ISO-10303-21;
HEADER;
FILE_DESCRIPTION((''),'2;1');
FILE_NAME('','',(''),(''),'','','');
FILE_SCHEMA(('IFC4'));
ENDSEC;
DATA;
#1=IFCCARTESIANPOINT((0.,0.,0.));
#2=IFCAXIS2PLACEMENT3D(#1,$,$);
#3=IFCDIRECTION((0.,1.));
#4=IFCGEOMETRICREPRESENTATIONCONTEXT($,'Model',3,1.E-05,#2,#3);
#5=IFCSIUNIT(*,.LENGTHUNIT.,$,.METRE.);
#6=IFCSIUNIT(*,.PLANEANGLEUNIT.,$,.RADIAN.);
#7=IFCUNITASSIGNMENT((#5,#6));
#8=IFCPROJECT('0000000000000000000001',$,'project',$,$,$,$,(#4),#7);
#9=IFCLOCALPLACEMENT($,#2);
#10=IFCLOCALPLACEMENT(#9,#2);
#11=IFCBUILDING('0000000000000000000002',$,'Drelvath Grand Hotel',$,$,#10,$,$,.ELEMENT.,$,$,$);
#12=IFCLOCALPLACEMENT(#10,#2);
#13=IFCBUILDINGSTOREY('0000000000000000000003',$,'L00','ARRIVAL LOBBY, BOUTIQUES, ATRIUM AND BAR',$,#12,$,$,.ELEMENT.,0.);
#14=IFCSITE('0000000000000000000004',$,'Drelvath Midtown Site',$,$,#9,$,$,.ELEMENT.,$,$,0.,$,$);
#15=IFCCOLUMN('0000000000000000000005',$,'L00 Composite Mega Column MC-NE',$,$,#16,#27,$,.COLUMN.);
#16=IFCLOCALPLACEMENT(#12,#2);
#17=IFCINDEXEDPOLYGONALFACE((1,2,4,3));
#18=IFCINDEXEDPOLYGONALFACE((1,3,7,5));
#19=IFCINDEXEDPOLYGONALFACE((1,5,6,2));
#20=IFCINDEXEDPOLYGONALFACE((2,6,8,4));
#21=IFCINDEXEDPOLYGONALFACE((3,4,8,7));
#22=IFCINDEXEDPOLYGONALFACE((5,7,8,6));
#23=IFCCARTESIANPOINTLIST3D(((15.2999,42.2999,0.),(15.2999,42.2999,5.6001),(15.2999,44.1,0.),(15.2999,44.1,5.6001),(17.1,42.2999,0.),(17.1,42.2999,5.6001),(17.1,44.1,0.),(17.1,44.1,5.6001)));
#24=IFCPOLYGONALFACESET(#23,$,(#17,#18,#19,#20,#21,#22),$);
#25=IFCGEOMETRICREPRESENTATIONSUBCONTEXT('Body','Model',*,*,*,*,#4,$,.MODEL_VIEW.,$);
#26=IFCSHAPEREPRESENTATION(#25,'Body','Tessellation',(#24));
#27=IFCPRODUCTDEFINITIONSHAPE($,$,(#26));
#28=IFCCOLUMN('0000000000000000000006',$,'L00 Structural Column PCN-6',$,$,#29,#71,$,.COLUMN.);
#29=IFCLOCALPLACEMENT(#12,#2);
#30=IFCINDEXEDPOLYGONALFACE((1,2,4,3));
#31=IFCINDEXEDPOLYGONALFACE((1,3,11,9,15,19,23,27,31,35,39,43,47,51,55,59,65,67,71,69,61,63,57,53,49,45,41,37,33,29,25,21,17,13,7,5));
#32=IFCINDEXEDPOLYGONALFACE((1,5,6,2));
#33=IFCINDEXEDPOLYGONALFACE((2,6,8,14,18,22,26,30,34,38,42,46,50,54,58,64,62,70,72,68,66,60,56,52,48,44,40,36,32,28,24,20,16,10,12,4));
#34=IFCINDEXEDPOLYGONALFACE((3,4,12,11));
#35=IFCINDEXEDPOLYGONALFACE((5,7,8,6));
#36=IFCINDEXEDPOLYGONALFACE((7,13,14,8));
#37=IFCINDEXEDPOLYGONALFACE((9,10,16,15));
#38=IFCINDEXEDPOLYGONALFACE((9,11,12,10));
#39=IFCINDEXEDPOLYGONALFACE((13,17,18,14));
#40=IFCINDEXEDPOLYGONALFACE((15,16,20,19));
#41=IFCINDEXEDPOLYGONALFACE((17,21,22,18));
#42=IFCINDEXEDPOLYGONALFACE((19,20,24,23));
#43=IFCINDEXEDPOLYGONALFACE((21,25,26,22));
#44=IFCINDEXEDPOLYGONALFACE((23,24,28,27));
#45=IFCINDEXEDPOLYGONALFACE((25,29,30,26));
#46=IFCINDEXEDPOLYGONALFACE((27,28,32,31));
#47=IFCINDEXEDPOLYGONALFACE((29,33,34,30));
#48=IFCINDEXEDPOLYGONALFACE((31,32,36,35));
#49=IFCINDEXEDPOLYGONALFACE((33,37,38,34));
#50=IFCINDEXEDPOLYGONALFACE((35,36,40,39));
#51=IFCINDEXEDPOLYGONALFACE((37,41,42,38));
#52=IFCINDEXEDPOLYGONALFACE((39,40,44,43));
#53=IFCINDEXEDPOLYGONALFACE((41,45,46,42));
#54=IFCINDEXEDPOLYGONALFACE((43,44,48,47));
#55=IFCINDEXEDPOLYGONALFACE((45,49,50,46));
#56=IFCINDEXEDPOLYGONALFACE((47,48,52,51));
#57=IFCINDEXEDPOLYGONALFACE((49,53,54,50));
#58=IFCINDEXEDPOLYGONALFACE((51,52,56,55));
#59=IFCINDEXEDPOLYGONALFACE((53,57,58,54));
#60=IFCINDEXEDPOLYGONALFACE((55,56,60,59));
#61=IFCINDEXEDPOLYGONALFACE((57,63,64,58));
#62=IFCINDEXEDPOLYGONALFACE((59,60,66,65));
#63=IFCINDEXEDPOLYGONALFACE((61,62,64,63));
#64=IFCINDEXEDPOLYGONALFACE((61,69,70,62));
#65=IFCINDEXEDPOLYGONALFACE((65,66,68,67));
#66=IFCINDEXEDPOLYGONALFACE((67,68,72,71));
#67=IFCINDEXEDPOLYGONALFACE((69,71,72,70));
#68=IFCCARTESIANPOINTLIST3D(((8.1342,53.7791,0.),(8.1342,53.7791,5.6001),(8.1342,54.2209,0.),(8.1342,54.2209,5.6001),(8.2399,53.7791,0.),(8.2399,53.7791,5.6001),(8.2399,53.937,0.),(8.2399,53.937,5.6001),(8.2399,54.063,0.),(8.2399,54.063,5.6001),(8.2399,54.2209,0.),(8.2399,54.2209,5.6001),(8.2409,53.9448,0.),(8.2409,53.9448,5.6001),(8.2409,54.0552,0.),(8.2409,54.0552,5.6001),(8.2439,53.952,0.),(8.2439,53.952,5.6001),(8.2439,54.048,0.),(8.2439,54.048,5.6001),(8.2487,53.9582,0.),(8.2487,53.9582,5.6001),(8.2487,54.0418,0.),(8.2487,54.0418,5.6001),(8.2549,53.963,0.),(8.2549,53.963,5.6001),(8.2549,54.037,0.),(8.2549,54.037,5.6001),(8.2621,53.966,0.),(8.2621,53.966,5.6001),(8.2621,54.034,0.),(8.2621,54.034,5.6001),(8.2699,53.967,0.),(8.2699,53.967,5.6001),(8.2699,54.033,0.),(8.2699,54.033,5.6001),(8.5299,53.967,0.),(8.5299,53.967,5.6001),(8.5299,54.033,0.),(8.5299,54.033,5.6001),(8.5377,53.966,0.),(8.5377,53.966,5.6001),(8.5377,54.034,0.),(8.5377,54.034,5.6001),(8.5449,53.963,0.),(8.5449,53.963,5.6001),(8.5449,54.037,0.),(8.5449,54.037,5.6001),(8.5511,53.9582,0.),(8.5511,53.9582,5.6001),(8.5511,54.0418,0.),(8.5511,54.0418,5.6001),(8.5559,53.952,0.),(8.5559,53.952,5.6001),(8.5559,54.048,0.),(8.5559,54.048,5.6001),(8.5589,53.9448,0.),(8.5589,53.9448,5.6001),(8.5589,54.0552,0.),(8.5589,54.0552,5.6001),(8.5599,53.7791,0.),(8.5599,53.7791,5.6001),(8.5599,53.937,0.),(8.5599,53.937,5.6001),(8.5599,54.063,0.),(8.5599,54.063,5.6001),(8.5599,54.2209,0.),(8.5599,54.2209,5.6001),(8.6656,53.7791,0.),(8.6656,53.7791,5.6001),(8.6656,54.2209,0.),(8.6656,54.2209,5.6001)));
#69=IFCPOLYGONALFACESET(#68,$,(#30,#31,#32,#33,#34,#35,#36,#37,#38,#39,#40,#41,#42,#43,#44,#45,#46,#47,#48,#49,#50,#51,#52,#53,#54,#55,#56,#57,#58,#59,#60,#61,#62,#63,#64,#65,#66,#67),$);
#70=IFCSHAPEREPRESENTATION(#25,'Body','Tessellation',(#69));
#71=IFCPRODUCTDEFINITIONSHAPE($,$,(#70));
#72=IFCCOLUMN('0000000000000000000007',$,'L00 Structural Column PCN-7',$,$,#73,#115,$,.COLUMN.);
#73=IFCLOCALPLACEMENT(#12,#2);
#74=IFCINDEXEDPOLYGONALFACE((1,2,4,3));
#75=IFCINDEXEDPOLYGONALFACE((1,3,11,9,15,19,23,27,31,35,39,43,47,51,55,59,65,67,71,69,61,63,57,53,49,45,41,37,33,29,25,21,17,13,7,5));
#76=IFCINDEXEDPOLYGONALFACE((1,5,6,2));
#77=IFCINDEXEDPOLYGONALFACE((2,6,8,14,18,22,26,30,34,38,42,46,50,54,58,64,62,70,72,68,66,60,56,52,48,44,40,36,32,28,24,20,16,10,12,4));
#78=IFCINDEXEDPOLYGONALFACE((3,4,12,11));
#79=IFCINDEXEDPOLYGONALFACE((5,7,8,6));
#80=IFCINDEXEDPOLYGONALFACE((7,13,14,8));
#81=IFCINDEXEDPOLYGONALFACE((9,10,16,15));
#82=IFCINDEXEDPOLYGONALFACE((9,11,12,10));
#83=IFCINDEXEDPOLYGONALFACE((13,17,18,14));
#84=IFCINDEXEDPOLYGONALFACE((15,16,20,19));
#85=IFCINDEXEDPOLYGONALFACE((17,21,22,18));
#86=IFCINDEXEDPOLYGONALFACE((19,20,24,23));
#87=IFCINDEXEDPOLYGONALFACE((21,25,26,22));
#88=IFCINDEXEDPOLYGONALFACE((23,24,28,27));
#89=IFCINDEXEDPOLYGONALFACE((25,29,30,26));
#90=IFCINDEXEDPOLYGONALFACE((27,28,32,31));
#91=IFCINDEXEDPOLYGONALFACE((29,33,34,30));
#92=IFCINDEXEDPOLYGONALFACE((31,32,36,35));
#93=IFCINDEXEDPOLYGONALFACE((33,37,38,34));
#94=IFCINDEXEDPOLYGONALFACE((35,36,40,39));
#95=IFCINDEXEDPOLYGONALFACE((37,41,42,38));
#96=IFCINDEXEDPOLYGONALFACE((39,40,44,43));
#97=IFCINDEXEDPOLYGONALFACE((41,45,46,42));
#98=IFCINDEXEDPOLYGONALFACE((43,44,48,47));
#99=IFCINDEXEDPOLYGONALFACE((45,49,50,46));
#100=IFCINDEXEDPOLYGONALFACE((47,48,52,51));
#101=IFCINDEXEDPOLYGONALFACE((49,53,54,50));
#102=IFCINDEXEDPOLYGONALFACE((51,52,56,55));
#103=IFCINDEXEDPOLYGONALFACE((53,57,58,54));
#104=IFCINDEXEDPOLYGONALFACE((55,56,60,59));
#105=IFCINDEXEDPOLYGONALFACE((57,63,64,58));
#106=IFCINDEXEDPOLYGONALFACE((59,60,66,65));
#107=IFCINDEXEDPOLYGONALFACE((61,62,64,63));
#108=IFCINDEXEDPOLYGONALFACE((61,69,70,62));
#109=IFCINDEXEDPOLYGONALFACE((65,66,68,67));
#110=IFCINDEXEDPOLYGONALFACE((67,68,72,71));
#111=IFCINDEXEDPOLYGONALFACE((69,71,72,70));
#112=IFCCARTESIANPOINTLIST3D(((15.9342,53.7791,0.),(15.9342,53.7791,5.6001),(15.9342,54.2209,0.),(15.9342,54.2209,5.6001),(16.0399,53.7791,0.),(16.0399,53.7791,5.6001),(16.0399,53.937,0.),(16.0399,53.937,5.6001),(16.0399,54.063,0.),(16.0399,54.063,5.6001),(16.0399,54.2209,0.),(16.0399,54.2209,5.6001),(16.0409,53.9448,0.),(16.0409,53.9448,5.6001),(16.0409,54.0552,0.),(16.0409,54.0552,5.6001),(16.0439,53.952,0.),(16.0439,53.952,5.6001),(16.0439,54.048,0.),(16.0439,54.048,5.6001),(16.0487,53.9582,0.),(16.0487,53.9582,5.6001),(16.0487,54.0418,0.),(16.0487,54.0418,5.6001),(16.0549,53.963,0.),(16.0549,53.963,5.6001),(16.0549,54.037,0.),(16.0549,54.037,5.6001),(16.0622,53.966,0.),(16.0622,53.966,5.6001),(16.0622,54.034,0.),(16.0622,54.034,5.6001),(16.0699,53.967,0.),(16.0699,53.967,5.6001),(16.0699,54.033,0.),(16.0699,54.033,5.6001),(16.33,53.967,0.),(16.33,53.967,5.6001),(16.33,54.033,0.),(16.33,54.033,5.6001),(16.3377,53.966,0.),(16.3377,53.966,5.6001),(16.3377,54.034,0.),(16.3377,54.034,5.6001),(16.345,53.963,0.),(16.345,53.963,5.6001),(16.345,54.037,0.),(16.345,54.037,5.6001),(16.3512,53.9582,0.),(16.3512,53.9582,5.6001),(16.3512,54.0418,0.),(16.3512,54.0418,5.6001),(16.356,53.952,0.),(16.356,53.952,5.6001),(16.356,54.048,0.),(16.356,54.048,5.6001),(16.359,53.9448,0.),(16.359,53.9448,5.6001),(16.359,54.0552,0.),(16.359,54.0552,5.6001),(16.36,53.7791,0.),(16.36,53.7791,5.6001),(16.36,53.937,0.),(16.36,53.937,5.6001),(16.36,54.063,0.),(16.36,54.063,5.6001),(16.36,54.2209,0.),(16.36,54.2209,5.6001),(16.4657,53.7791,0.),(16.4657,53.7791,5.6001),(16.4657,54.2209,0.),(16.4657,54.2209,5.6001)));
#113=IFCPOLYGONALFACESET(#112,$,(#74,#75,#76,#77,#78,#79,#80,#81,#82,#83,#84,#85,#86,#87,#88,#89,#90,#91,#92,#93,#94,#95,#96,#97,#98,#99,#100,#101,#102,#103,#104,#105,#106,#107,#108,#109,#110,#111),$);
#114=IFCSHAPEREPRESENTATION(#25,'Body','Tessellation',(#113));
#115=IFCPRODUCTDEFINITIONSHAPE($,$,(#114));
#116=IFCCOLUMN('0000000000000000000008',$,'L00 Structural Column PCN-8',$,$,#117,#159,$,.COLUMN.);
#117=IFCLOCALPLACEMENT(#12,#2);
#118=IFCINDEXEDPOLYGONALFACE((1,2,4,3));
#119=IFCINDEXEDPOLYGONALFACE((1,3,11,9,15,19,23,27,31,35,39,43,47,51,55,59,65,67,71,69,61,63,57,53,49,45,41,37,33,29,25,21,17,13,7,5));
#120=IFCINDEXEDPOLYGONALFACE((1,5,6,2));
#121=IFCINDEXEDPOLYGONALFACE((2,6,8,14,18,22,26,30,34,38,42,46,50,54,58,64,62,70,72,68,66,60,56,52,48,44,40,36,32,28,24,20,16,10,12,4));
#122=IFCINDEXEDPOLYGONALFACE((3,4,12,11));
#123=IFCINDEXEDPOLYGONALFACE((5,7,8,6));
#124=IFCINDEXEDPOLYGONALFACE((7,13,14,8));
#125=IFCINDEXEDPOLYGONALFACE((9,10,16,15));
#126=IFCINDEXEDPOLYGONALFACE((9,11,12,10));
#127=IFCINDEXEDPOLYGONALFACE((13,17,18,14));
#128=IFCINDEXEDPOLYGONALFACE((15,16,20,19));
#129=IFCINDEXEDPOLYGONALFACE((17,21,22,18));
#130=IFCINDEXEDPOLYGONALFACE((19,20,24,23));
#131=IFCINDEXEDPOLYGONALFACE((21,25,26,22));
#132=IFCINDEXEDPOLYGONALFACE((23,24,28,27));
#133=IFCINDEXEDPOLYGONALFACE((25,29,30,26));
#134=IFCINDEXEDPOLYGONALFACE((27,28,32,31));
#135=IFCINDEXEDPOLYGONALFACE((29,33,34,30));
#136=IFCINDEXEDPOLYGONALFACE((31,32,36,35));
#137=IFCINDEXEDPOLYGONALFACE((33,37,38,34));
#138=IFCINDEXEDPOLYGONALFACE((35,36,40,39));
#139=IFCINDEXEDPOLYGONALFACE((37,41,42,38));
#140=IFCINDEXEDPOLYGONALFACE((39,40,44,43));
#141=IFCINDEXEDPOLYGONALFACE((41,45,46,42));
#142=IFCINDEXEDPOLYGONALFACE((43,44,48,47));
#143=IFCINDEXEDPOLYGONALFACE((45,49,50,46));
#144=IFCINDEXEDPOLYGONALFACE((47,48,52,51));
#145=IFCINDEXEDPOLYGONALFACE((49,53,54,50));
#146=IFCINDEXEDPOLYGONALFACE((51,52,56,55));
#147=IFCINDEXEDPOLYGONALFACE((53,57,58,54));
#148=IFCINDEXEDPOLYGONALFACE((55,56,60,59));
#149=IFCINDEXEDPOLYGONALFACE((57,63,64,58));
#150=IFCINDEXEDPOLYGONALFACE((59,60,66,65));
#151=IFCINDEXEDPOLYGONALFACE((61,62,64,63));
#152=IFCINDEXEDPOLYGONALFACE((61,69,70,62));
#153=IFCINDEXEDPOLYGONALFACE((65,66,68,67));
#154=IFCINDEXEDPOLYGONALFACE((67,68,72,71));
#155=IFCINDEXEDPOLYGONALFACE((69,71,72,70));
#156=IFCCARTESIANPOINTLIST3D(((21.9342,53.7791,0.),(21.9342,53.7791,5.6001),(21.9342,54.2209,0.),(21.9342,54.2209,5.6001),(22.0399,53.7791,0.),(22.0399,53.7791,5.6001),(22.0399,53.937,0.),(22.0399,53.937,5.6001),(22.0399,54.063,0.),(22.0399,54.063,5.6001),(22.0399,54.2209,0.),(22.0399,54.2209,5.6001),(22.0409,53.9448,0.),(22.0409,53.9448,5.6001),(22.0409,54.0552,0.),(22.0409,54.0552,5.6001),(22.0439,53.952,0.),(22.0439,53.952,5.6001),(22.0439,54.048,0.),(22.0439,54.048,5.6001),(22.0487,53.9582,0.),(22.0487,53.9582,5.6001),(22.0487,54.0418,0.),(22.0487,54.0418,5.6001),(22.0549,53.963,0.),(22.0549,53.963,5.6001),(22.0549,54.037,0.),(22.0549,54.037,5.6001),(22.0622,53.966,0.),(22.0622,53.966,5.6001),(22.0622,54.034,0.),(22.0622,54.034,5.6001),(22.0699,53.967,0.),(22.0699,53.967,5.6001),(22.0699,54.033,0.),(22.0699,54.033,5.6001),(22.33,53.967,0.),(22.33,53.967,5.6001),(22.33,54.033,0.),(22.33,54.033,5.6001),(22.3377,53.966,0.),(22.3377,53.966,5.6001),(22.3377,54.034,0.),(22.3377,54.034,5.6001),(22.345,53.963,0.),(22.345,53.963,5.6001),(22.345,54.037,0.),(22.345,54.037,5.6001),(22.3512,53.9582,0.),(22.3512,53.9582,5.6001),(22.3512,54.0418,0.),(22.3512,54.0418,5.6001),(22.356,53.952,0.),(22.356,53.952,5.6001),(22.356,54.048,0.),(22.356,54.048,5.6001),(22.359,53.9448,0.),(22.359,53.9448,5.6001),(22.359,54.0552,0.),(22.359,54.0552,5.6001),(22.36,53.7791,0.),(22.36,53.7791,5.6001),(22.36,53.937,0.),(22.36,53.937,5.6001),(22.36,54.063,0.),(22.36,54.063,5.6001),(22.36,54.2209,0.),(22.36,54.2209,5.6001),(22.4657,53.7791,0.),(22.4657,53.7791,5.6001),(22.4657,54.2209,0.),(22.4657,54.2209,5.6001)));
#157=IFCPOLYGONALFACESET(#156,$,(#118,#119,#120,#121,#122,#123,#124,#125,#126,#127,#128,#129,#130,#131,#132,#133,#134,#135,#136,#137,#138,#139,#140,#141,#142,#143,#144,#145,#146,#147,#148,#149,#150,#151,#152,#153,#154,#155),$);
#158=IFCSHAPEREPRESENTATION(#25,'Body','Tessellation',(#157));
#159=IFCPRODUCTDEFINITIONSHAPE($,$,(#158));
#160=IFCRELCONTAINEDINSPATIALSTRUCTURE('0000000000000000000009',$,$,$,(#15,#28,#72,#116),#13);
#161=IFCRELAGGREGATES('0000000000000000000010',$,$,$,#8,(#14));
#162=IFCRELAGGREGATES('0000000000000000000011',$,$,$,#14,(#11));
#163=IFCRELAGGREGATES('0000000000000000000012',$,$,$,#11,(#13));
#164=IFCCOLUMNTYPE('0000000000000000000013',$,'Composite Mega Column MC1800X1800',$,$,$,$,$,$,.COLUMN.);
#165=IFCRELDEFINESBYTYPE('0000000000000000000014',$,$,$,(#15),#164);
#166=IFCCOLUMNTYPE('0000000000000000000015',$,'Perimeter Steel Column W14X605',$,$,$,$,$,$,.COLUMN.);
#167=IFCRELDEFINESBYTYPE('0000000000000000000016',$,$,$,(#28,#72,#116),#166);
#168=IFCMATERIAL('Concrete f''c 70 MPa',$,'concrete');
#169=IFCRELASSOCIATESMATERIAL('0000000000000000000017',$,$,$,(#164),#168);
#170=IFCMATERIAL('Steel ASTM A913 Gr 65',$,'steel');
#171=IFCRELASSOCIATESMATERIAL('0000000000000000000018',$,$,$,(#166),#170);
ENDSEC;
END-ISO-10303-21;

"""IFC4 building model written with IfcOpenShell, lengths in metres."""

from ifc_helpers import new_model, si_unit, direction, frame, origin, origin_2d, place, context, subcontext, project, spatial, rectangle, i_section, extrude, material, material_profile, profile_set, type_object, element, save


model = new_model("IFC4")

# Units and contexts
model_context = context("Model", 3, precision=1e-05, world=origin(), true_north=direction((0.0, 1.0)))
body_context = subcontext(model_context, "Body", "Model", "MODEL_VIEW")
ifc_project = project(units=[si_unit("LENGTHUNIT", "METRE"), si_unit("PLANEANGLEUNIT", "RADIAN")], contexts=[model_context])

# Site, building, storey
site_placement = place(None, origin())
site = spatial("IfcSite", under=ifc_project, at=site_placement, Name="Drelvath Midtown Site", CompositionType="ELEMENT", RefElevation=0.0)
building_placement = place(site_placement, origin())
building = spatial("IfcBuilding", under=site, at=building_placement, Name="Drelvath Grand Hotel", CompositionType="ELEMENT")
storey_placement = place(building_placement, origin())
storey = spatial("IfcBuildingStorey", under=building, at=storey_placement, Name="L00", Description="ARRIVAL LOBBY, BOUTIQUES, ATRIUM AND BAR", CompositionType="ELEMENT", Elevation=0.0)

# Columns
ifc_material_1 = material(Name="Concrete f'c 70 MPa", Category="concrete")
ifc_material_profile_1 = material_profile(ifc_material_1, rectangle(XDim=1.8, YDim=1.8, at=origin_2d()), Name="MC1800X1800")
ifc_profile_set_1 = profile_set([ifc_material_profile_1], Name="Concrete f'c 70 MPa")
column_type_1 = type_object("IfcColumnType", Name="Composite Mega Column MC1800X1800", PredefinedType="COLUMN", material=ifc_profile_set_1)
column_placement = place(storey_placement, frame((16.2, 43.2, 0.0), z_axis=(0.0, 0.0, 1.0), x_axis=(1.0, 0.0, 0.0)))
element("IfcColumn", 1, at=column_placement, inside=storey, type_object=column_type_1, Name="L00 Composite Mega Column MC-NE", PredefinedType="COLUMN", context=body_context, shape_type="SweptSolid", body=[
    extrude(rectangle(XDim=1.8, YDim=1.8, at=origin_2d()), origin(), (0.0, 0.0, 1.0), 5.6001),
])
ifc_material_2 = material(Name="Steel ASTM A913 Gr 65", Category="steel")
ifc_material_profile_2 = material_profile(ifc_material_2, i_section(OverallWidth=0.4419, OverallDepth=0.5315, WebThickness=0.0659, FlangeThickness=0.1057, FilletRadius=0.03, at=origin_2d()), Name="W14X605")
ifc_profile_set_2 = profile_set([ifc_material_profile_2], Name="Steel ASTM A913 Gr 65")
column_type_2 = type_object("IfcColumnType", Name="Perimeter Steel Column W14X605", PredefinedType="COLUMN", material=ifc_profile_set_2)
for number, where, z_axis, x_axis, name in (
    (2, (8.3999, 54.0, 0.0), (0.0, 0.0, 1.0), (0.0, 1.0, 0.0), "L00 Structural Column PCN-6"),
    (3, (16.2, 54.0, 0.0), (0.0, 0.0, 1.0), (0.0, 1.0, 0.0), "L00 Structural Column PCN-7"),
    (4, (22.2, 54.0, 0.0), (0.0, 0.0, 1.0), (0.0, 1.0, 0.0), "L00 Structural Column PCN-8"),
):
    element("IfcColumn", number, at=place(storey_placement, frame(where, z_axis=z_axis, x_axis=x_axis)), inside=storey, type_object=column_type_2, Name=name, PredefinedType="COLUMN", context=body_context, shape_type="SweptSolid", body=[
        extrude(i_section(OverallWidth=0.4419, OverallDepth=0.5315, WebThickness=0.0659, FlangeThickness=0.1057, FilletRadius=0.03, at=origin_2d()), origin(), (0.0, 0.0, 1.0), 5.6001),
    ])

save(model, "model.ifc")
